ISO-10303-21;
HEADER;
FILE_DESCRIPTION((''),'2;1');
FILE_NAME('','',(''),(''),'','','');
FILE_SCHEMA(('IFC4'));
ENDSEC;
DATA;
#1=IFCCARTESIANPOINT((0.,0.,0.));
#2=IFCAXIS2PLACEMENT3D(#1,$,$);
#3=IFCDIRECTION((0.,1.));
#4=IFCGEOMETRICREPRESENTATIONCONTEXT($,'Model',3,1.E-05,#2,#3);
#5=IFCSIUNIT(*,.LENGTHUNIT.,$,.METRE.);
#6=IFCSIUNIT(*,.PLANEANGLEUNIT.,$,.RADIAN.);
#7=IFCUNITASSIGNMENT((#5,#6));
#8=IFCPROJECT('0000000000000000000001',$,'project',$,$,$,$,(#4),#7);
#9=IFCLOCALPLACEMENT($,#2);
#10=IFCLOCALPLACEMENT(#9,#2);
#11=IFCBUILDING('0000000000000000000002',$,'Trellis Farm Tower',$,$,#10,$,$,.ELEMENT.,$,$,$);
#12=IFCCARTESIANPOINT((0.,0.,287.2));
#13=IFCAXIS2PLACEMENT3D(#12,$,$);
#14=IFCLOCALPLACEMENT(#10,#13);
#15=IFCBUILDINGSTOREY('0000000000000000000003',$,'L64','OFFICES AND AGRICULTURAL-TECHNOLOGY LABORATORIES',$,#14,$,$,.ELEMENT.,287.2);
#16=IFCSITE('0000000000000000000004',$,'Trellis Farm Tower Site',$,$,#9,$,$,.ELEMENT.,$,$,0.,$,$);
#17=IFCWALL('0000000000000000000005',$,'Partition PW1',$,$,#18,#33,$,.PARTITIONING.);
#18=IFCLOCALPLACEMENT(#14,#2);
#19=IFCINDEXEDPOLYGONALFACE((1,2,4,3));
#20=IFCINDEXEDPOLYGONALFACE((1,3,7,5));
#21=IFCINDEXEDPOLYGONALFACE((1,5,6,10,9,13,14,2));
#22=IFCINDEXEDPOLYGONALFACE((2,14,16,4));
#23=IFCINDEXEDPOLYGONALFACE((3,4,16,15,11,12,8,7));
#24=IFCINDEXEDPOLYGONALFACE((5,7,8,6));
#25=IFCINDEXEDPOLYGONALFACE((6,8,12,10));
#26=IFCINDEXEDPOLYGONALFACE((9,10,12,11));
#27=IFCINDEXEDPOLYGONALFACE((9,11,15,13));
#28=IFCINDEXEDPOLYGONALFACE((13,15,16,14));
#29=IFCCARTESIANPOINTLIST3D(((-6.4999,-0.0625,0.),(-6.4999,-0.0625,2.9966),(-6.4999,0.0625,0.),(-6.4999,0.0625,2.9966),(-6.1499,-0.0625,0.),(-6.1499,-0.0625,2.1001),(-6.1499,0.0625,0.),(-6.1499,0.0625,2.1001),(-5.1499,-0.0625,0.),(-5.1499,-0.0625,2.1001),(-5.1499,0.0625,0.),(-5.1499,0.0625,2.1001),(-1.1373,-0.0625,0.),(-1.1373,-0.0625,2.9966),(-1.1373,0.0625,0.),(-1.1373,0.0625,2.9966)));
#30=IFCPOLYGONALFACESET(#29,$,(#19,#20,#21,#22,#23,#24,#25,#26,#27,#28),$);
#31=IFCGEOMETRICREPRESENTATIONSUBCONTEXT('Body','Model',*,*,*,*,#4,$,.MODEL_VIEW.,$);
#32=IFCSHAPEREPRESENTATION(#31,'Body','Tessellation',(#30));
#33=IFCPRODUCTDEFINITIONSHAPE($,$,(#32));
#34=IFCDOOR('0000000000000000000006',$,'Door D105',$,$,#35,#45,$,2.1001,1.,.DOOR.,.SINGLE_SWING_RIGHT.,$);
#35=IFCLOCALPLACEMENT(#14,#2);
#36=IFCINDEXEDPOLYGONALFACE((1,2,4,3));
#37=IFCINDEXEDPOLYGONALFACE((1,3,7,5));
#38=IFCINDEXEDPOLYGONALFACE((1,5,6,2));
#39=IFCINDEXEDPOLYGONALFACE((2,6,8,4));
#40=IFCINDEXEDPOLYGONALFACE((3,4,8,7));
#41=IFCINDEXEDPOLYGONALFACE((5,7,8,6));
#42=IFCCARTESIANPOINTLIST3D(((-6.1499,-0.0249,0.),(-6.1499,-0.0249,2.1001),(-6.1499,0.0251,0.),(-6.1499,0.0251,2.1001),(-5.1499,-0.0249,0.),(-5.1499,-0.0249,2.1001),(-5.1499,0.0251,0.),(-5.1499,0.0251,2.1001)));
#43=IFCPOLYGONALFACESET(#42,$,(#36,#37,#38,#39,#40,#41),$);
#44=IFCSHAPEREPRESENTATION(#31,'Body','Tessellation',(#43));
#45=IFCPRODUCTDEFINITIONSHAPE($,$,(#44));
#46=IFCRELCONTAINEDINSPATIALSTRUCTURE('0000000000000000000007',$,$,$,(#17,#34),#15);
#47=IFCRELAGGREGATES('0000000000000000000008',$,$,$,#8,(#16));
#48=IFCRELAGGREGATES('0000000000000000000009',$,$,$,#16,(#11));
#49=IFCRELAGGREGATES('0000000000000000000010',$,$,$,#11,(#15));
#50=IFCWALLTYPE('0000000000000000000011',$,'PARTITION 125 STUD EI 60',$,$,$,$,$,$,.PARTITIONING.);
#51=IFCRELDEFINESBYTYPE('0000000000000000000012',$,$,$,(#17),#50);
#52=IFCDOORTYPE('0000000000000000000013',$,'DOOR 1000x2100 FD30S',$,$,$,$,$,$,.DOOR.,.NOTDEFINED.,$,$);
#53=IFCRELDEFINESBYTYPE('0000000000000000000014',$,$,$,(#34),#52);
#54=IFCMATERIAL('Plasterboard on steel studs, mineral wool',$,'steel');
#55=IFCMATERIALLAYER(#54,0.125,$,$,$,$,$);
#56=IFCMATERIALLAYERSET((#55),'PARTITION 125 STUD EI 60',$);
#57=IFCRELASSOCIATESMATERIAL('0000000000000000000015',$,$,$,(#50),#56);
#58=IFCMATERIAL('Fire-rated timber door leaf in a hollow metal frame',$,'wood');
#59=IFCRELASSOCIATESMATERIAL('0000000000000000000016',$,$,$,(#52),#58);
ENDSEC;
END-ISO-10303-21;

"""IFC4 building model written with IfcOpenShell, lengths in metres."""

from ifc_helpers import new_model, si_unit, direction, frame, frame_2d, origin, place, context, subcontext, project, spatial, rectangle, extrude, source, transform, mapped, material, layer, layer_set, type_object, element, fill, save


model = new_model("IFC4")

# Units and contexts
model_context = context("Model", 3, precision=1e-05, world=origin(), true_north=direction((0.0, 1.0)))
body_context = subcontext(model_context, "Body", "Model", "MODEL_VIEW")
ifc_project = project(units=[si_unit("LENGTHUNIT", "METRE"), si_unit("PLANEANGLEUNIT", "RADIAN")], contexts=[model_context])

# Site, building, storey
site_placement = place(None, origin())
site = spatial("IfcSite", under=ifc_project, at=site_placement, Name="Trellis Farm Tower Site", CompositionType="ELEMENT", RefElevation=0.0)
building_placement = place(site_placement, origin())
building = spatial("IfcBuilding", under=site, at=building_placement, Name="Trellis Farm Tower", CompositionType="ELEMENT")
storey_placement = place(building_placement, frame((0.0, 0.0, 287.2)))
storey = spatial("IfcBuildingStorey", under=building, at=storey_placement, Name="L64", Description="OFFICES AND AGRICULTURAL-TECHNOLOGY LABORATORIES", CompositionType="ELEMENT", Elevation=287.2)

# Shared definitions
ifc_material_1 = material(Name="Plasterboard on steel studs, mineral wool", Category="steel")
ifc_layer_1 = layer(ifc_material_1, 0.125)
ifc_layer_set_1 = layer_set([ifc_layer_1], Name="PARTITION 125 STUD EI 60")
wall_type = type_object("IfcWallType", Name="PARTITION 125 STUD EI 60", PredefinedType="PARTITIONING", material=ifc_layer_set_1)

# Wall, opening, door
shared_shape_1 = source(origin(), body_context, "Body", "SweptSolid", [
    extrude(rectangle(XDim=5.3625, YDim=0.125, at=frame_2d((2.6812, 0.0))), origin(), (0.0, 0.0, 1.0), 2.9966),
])
shared_shape_2 = source(origin(), body_context, "Body", "SweptSolid", [
    extrude(rectangle(XDim=1.0, YDim=2.1001, at=frame_2d((0.5, 1.05))), frame((0.0, 0.0725, 0.0), z_axis=(0.0, -1.0, 0.0), x_axis=(1.0, 0.0, 0.0)), (0.0, 0.0, 1.0), 0.145),
])
ifc_material_2 = material(Name="Fire-rated timber door leaf in a hollow metal frame", Category="wood")
door_type = type_object("IfcDoorType", Name="DOOR 1000x2100 FD30S", OperationType="NOTDEFINED", PredefinedType="DOOR", material=ifc_material_2)
shared_shape_3 = source(origin(), body_context, "Body", "SweptSolid", [
    extrude(rectangle(XDim=1.0, YDim=2.1001, at=frame_2d((0.5, 1.05))), frame((0.0, 0.0249, 0.0), z_axis=(0.0, -1.0, 0.0), x_axis=(1.0, 0.0, 0.0)), (0.0, 0.0, 1.0), 0.05),
])
wall_1_placement = place(storey_placement, frame((-1.1375, 0.0, 0.0), z_axis=(0.0, 0.0, 1.0), x_axis=(-1.0, 0.0, 0.0)))
wall_1 = element("IfcWall", 1, at=wall_1_placement, inside=storey, type_object=wall_type, Name="Partition PW1", PredefinedType="PARTITIONING", context=body_context, shape_type="MappedRepresentation", body=[
    mapped(shared_shape_1, transform((0.0, 0.0, 0.0))),
])
opening_1_placement = place(wall_1_placement, frame((4.0125, 0.0, 0.0)))
opening_1 = element("IfcOpeningElement", 2, at=opening_1_placement, cuts=wall_1, PredefinedType="OPENING", context=body_context, shape_type="MappedRepresentation", body=[
    mapped(shared_shape_2, transform((0.0, 0.0, 0.0))),
])
door_1_placement = place(opening_1_placement, origin())
door_1 = element("IfcDoor", 3, at=door_1_placement, inside=storey, type_object=door_type, Name="Door D105", OperationType="SINGLE_SWING_RIGHT", OverallHeight=2.1001, OverallWidth=1.0, PredefinedType="DOOR", context=body_context, shape_type="MappedRepresentation", body=[
    mapped(shared_shape_3, transform((0.0, 0.0, 0.0))),
])
fill(opening_1, door_1)

save(model, "model.ifc")
